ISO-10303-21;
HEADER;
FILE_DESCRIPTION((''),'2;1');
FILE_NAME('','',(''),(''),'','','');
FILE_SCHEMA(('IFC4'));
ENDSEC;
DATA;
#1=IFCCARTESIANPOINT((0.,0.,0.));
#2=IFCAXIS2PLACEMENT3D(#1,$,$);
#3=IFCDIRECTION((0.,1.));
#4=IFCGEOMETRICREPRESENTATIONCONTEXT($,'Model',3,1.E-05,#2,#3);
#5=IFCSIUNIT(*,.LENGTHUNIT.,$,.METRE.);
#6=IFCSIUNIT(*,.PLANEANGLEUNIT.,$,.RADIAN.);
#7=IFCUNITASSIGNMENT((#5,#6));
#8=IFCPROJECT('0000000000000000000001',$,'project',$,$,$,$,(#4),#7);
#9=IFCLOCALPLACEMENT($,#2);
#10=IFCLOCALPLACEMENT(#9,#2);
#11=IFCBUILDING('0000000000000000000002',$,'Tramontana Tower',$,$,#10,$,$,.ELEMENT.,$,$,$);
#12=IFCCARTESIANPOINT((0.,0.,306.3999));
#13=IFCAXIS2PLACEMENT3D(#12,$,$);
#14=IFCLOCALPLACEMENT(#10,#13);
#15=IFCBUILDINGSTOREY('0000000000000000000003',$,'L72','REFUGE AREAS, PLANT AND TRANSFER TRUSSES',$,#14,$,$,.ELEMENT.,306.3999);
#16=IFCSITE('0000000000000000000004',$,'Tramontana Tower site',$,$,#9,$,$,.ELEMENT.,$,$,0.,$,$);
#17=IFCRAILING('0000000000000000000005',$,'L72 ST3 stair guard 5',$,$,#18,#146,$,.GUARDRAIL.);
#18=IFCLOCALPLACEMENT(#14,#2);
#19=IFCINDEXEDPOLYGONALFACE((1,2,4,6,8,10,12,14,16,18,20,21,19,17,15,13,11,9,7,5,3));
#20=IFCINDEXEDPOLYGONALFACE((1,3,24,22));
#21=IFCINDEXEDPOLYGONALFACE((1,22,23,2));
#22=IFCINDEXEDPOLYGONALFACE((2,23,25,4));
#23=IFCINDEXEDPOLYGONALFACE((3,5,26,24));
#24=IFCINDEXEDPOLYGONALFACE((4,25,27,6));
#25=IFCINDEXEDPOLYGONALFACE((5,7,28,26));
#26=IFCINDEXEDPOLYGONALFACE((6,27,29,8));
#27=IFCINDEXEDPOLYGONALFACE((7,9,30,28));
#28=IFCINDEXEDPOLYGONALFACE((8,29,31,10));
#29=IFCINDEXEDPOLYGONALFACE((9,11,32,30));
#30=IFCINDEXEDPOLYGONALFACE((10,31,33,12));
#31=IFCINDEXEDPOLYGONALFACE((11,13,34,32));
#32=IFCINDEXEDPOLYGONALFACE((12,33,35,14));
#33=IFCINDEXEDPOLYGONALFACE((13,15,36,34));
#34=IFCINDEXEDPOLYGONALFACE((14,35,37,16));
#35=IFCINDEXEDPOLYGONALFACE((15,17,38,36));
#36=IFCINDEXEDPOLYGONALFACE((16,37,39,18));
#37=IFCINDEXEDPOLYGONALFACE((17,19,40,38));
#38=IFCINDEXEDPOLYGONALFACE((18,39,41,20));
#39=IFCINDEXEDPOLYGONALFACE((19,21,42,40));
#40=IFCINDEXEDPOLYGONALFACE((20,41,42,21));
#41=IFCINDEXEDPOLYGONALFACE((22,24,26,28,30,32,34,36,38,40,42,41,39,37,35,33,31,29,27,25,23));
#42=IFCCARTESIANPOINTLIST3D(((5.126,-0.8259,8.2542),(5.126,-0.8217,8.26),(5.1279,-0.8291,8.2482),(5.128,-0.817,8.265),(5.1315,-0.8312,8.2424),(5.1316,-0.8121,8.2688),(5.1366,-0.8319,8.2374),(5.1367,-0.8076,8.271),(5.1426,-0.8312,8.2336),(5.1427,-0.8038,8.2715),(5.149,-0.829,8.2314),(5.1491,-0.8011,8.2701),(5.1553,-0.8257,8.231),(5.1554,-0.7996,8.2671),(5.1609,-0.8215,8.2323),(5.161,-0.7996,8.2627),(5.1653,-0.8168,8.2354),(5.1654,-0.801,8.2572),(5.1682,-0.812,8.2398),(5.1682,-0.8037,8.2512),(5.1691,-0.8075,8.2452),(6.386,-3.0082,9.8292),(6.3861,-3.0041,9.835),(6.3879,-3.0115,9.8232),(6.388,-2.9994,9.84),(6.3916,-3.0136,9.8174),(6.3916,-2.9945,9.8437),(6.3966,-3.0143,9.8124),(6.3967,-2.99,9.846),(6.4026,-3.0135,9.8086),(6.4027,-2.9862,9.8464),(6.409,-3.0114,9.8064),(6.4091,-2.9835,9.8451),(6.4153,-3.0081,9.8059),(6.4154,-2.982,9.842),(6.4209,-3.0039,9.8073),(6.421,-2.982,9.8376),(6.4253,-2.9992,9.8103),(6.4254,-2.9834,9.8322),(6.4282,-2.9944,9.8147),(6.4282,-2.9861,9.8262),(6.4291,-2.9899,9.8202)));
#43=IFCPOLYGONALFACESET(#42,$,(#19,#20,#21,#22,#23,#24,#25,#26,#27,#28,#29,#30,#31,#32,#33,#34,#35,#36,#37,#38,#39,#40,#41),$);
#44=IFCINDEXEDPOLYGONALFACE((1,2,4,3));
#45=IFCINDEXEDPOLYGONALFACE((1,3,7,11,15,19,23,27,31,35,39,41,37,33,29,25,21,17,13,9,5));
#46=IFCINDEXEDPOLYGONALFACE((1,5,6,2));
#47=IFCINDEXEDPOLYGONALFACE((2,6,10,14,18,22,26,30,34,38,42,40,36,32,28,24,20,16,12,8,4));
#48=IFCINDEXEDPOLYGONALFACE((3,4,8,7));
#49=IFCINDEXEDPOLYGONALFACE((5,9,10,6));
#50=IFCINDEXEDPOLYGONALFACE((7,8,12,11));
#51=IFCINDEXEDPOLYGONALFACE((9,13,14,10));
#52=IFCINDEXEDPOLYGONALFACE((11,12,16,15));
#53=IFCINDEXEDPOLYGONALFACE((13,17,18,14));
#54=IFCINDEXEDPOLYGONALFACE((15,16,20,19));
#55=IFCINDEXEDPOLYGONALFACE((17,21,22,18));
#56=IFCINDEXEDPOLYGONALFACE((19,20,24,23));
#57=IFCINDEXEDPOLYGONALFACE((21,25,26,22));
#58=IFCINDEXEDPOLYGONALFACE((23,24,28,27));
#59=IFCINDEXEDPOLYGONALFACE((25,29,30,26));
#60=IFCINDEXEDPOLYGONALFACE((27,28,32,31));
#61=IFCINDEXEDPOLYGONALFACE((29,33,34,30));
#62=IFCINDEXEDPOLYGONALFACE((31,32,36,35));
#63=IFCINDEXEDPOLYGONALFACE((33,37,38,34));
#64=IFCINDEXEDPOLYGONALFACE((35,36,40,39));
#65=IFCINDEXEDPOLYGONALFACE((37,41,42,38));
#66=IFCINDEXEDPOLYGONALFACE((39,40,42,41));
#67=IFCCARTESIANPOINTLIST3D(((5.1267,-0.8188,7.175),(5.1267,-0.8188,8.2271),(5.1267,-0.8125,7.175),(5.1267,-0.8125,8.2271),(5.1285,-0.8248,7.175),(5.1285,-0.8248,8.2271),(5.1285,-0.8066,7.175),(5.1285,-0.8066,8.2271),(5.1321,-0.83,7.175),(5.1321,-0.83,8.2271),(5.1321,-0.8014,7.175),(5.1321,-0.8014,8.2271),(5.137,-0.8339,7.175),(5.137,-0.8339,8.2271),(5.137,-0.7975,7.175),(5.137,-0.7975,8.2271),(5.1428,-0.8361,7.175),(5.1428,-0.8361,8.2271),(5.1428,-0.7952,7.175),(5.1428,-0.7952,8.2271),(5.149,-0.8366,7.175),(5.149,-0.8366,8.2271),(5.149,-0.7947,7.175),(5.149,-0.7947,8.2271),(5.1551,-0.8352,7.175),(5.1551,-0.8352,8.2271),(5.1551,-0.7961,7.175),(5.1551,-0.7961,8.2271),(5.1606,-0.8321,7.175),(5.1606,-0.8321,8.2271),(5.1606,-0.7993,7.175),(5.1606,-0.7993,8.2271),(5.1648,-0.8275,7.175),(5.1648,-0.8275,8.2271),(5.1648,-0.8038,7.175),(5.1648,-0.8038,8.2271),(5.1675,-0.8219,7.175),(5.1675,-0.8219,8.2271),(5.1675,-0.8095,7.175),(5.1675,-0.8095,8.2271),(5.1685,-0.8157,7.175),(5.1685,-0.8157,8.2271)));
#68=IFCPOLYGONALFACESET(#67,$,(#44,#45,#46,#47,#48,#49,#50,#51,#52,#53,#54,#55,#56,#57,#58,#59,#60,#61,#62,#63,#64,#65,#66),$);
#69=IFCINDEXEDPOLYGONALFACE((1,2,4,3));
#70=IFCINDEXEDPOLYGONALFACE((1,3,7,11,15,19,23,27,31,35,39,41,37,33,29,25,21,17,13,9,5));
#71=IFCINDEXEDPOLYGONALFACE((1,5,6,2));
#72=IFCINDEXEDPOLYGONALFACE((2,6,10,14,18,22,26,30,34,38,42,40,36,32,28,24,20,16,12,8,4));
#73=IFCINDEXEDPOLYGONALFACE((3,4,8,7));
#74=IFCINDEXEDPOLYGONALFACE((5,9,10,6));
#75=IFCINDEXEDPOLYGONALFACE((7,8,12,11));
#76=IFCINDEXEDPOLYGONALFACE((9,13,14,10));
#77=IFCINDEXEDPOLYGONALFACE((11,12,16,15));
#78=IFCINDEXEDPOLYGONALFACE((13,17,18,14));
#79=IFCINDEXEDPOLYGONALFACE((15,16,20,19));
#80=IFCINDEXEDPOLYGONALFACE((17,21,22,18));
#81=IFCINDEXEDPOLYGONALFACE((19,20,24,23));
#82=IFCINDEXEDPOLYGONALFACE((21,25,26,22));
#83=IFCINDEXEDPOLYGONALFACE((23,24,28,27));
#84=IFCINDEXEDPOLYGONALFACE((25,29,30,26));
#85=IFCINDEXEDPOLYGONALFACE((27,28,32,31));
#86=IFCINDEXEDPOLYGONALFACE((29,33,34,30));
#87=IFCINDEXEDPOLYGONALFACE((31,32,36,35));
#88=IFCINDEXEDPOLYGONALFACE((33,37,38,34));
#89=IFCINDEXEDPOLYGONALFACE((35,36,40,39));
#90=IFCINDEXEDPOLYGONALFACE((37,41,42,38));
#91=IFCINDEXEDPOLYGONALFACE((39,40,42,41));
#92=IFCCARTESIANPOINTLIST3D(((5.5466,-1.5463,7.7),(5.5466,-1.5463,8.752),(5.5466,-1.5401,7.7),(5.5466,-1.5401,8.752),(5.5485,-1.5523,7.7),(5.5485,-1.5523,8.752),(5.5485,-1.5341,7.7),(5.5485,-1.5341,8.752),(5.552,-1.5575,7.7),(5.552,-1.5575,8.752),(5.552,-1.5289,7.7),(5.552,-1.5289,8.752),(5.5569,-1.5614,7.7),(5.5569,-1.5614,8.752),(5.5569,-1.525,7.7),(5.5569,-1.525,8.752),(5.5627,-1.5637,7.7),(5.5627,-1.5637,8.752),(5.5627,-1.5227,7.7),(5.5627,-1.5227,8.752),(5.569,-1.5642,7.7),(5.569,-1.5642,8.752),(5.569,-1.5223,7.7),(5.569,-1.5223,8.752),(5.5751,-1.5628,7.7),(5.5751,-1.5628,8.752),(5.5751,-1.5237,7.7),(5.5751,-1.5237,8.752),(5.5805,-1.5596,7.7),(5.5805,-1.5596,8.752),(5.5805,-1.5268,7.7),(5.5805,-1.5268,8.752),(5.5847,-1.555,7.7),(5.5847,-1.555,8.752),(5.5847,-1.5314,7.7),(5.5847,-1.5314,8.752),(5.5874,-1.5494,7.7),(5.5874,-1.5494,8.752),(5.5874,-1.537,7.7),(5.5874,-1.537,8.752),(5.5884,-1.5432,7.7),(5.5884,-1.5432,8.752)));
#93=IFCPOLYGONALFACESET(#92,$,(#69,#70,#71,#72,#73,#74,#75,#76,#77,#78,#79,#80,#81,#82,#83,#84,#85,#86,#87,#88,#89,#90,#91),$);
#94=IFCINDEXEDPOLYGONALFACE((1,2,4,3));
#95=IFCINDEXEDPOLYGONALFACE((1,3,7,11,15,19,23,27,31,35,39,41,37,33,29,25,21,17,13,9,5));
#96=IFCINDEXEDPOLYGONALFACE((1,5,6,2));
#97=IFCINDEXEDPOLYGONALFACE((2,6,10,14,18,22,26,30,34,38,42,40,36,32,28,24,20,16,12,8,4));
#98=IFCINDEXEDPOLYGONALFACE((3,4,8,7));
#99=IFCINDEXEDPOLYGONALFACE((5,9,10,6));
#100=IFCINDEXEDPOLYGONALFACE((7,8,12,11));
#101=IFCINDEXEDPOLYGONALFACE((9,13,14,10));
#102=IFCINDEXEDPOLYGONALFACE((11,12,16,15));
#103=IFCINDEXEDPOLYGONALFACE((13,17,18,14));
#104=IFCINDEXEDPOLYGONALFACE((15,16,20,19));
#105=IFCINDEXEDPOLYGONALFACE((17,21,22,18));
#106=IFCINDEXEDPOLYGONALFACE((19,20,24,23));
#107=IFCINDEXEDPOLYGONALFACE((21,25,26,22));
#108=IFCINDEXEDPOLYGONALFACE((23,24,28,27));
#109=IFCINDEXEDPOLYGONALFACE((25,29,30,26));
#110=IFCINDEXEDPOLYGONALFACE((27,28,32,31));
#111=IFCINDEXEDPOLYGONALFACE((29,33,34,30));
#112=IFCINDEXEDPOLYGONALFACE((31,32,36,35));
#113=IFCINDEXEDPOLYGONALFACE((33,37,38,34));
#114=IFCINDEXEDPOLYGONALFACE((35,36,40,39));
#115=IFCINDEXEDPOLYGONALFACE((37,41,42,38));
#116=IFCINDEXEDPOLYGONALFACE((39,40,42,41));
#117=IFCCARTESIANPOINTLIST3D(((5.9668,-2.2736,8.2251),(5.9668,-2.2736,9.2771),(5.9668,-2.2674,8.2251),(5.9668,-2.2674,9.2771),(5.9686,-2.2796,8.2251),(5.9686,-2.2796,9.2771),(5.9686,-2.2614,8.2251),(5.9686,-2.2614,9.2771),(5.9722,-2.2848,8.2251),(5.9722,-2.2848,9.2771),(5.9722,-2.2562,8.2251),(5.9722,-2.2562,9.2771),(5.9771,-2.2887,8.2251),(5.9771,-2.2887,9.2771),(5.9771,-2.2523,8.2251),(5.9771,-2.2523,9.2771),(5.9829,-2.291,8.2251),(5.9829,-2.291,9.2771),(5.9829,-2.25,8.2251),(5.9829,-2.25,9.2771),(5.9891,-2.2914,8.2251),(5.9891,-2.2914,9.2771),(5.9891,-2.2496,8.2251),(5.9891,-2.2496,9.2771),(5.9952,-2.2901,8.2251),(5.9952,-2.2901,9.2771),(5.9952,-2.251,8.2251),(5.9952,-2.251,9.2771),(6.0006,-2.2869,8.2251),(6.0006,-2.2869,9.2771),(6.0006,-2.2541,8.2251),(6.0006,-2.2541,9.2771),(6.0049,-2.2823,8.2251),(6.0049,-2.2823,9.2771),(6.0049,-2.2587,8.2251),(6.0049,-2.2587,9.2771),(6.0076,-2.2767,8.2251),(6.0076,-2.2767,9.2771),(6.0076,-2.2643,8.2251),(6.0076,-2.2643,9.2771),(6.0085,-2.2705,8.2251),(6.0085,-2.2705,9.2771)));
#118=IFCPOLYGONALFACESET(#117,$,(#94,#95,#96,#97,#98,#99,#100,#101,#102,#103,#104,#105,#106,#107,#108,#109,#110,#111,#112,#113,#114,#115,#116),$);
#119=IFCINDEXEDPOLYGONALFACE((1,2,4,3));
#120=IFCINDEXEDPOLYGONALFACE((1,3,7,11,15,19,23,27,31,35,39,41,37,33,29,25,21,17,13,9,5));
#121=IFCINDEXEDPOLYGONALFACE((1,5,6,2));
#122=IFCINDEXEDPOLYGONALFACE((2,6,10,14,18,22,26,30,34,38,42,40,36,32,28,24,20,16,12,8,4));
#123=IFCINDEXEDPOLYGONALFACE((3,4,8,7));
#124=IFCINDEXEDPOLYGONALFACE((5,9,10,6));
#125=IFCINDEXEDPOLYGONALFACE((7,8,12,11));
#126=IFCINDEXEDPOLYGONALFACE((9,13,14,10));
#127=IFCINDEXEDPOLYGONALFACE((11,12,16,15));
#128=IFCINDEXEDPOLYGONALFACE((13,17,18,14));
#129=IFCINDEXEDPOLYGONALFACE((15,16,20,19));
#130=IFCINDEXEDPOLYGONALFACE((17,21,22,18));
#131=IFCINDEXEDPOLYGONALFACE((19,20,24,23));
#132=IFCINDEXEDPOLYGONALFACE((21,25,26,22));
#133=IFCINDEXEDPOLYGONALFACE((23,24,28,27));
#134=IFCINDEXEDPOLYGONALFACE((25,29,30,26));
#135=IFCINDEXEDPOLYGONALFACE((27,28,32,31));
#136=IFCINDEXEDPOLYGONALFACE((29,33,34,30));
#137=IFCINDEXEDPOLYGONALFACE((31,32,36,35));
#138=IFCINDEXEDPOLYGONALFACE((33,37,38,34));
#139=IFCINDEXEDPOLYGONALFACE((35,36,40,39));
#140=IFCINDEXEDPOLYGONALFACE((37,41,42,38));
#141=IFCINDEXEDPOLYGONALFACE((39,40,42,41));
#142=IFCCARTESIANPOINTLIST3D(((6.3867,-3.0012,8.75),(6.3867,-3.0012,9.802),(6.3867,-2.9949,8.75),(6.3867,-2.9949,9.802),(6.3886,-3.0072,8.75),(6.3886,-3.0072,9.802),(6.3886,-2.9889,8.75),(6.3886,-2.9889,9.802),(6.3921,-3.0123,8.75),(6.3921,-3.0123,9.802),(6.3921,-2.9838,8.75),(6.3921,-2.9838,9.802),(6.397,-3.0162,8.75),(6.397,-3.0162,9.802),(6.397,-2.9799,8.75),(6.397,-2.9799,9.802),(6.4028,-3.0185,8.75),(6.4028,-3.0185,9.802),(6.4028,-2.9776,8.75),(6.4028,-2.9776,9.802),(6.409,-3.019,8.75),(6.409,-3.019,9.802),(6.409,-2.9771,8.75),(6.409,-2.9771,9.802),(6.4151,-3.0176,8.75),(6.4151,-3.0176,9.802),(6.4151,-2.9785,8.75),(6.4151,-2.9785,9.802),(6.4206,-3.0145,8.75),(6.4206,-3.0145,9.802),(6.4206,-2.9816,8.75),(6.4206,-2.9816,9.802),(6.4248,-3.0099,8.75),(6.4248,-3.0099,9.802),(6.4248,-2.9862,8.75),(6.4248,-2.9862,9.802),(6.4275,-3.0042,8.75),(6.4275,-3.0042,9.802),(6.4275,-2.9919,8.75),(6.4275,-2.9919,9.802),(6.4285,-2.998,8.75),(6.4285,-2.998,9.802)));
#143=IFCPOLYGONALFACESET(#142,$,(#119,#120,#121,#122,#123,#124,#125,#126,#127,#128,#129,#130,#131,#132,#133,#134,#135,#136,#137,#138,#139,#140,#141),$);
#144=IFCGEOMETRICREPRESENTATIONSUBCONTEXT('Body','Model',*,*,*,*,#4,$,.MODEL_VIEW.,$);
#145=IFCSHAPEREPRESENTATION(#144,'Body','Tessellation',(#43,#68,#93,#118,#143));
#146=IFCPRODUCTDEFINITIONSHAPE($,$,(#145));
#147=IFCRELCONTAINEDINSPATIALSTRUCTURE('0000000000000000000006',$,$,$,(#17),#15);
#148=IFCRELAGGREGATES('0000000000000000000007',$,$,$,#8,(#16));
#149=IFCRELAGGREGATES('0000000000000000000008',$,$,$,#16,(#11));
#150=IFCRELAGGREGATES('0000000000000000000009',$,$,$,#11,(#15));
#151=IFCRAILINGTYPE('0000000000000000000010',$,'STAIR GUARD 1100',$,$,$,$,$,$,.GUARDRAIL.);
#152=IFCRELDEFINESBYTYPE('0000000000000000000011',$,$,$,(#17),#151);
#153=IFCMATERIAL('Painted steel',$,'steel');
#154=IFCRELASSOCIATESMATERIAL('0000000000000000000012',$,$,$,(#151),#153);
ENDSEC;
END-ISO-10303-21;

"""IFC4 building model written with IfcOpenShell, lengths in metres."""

from ifc_helpers import new_model, si_unit, direction, frame, origin, origin_2d, place, context, subcontext, project, spatial, circle, extrude, material, type_object, element, save


model = new_model("IFC4")

# Units and contexts
model_context = context("Model", 3, precision=1e-05, world=origin(), true_north=direction((0.0, 1.0)))
body_context = subcontext(model_context, "Body", "Model", "MODEL_VIEW")
ifc_project = project(units=[si_unit("LENGTHUNIT", "METRE"), si_unit("PLANEANGLEUNIT", "RADIAN")], contexts=[model_context])

# Site, building, storey
site_placement = place(None, origin())
site = spatial("IfcSite", under=ifc_project, at=site_placement, Name="Tramontana Tower site", CompositionType="ELEMENT", RefElevation=0.0)
building_placement = place(site_placement, origin())
building = spatial("IfcBuilding", under=site, at=building_placement, Name="Tramontana Tower", CompositionType="ELEMENT")
storey_placement = place(building_placement, frame((0.0, 0.0, 306.3999)))
storey = spatial("IfcBuildingStorey", under=building, at=storey_placement, Name="L72", Description="REFUGE AREAS, PLANT AND TRANSFER TRUSSES", CompositionType="ELEMENT", Elevation=306.3999)

# Railing
ifc_material_1 = material(Name="Painted steel", Category="steel")
railing_type_1 = type_object("IfcRailingType", Name="STAIR GUARD 1100", PredefinedType="GUARDRAIL", material=ifc_material_1)
for number, where, name in (
    (1, (5.1475, -0.8157, 7.175), "L72 ST3 stair guard 5"),
):
    element("IfcRailing", number, at=place(storey_placement, frame(where)), inside=storey, type_object=railing_type_1, Name=name, PredefinedType="GUARDRAIL", context=body_context, shape_type="SweptSolid", body=[
        extrude(circle(Radius=0.0239, at=origin_2d()), frame((0.0, 0.0, 1.0762), z_axis=(0.424007, -0.734392, 0.529988), x_axis=(0.866023, 0.500005, 0.0)), (0.0, 0.0, 1.0), 2.9717),
        extrude(circle(Radius=0.021, at=origin_2d()), origin(), (0.0, 0.0, 1.0), 1.052),
        extrude(circle(Radius=0.021, at=origin_2d()), frame((0.4199, -0.7275, 0.5249)), (0.0, 0.0, 1.0), 1.052),
        extrude(circle(Radius=0.021, at=origin_2d()), frame((0.8401, -1.4548, 1.05)), (0.0, 0.0, 1.0), 1.052),
        extrude(circle(Radius=0.021, at=origin_2d()), frame((1.26, -2.1824, 1.575)), (0.0, 0.0, 1.0), 1.052),
    ])

save(model, "model.ifc")
